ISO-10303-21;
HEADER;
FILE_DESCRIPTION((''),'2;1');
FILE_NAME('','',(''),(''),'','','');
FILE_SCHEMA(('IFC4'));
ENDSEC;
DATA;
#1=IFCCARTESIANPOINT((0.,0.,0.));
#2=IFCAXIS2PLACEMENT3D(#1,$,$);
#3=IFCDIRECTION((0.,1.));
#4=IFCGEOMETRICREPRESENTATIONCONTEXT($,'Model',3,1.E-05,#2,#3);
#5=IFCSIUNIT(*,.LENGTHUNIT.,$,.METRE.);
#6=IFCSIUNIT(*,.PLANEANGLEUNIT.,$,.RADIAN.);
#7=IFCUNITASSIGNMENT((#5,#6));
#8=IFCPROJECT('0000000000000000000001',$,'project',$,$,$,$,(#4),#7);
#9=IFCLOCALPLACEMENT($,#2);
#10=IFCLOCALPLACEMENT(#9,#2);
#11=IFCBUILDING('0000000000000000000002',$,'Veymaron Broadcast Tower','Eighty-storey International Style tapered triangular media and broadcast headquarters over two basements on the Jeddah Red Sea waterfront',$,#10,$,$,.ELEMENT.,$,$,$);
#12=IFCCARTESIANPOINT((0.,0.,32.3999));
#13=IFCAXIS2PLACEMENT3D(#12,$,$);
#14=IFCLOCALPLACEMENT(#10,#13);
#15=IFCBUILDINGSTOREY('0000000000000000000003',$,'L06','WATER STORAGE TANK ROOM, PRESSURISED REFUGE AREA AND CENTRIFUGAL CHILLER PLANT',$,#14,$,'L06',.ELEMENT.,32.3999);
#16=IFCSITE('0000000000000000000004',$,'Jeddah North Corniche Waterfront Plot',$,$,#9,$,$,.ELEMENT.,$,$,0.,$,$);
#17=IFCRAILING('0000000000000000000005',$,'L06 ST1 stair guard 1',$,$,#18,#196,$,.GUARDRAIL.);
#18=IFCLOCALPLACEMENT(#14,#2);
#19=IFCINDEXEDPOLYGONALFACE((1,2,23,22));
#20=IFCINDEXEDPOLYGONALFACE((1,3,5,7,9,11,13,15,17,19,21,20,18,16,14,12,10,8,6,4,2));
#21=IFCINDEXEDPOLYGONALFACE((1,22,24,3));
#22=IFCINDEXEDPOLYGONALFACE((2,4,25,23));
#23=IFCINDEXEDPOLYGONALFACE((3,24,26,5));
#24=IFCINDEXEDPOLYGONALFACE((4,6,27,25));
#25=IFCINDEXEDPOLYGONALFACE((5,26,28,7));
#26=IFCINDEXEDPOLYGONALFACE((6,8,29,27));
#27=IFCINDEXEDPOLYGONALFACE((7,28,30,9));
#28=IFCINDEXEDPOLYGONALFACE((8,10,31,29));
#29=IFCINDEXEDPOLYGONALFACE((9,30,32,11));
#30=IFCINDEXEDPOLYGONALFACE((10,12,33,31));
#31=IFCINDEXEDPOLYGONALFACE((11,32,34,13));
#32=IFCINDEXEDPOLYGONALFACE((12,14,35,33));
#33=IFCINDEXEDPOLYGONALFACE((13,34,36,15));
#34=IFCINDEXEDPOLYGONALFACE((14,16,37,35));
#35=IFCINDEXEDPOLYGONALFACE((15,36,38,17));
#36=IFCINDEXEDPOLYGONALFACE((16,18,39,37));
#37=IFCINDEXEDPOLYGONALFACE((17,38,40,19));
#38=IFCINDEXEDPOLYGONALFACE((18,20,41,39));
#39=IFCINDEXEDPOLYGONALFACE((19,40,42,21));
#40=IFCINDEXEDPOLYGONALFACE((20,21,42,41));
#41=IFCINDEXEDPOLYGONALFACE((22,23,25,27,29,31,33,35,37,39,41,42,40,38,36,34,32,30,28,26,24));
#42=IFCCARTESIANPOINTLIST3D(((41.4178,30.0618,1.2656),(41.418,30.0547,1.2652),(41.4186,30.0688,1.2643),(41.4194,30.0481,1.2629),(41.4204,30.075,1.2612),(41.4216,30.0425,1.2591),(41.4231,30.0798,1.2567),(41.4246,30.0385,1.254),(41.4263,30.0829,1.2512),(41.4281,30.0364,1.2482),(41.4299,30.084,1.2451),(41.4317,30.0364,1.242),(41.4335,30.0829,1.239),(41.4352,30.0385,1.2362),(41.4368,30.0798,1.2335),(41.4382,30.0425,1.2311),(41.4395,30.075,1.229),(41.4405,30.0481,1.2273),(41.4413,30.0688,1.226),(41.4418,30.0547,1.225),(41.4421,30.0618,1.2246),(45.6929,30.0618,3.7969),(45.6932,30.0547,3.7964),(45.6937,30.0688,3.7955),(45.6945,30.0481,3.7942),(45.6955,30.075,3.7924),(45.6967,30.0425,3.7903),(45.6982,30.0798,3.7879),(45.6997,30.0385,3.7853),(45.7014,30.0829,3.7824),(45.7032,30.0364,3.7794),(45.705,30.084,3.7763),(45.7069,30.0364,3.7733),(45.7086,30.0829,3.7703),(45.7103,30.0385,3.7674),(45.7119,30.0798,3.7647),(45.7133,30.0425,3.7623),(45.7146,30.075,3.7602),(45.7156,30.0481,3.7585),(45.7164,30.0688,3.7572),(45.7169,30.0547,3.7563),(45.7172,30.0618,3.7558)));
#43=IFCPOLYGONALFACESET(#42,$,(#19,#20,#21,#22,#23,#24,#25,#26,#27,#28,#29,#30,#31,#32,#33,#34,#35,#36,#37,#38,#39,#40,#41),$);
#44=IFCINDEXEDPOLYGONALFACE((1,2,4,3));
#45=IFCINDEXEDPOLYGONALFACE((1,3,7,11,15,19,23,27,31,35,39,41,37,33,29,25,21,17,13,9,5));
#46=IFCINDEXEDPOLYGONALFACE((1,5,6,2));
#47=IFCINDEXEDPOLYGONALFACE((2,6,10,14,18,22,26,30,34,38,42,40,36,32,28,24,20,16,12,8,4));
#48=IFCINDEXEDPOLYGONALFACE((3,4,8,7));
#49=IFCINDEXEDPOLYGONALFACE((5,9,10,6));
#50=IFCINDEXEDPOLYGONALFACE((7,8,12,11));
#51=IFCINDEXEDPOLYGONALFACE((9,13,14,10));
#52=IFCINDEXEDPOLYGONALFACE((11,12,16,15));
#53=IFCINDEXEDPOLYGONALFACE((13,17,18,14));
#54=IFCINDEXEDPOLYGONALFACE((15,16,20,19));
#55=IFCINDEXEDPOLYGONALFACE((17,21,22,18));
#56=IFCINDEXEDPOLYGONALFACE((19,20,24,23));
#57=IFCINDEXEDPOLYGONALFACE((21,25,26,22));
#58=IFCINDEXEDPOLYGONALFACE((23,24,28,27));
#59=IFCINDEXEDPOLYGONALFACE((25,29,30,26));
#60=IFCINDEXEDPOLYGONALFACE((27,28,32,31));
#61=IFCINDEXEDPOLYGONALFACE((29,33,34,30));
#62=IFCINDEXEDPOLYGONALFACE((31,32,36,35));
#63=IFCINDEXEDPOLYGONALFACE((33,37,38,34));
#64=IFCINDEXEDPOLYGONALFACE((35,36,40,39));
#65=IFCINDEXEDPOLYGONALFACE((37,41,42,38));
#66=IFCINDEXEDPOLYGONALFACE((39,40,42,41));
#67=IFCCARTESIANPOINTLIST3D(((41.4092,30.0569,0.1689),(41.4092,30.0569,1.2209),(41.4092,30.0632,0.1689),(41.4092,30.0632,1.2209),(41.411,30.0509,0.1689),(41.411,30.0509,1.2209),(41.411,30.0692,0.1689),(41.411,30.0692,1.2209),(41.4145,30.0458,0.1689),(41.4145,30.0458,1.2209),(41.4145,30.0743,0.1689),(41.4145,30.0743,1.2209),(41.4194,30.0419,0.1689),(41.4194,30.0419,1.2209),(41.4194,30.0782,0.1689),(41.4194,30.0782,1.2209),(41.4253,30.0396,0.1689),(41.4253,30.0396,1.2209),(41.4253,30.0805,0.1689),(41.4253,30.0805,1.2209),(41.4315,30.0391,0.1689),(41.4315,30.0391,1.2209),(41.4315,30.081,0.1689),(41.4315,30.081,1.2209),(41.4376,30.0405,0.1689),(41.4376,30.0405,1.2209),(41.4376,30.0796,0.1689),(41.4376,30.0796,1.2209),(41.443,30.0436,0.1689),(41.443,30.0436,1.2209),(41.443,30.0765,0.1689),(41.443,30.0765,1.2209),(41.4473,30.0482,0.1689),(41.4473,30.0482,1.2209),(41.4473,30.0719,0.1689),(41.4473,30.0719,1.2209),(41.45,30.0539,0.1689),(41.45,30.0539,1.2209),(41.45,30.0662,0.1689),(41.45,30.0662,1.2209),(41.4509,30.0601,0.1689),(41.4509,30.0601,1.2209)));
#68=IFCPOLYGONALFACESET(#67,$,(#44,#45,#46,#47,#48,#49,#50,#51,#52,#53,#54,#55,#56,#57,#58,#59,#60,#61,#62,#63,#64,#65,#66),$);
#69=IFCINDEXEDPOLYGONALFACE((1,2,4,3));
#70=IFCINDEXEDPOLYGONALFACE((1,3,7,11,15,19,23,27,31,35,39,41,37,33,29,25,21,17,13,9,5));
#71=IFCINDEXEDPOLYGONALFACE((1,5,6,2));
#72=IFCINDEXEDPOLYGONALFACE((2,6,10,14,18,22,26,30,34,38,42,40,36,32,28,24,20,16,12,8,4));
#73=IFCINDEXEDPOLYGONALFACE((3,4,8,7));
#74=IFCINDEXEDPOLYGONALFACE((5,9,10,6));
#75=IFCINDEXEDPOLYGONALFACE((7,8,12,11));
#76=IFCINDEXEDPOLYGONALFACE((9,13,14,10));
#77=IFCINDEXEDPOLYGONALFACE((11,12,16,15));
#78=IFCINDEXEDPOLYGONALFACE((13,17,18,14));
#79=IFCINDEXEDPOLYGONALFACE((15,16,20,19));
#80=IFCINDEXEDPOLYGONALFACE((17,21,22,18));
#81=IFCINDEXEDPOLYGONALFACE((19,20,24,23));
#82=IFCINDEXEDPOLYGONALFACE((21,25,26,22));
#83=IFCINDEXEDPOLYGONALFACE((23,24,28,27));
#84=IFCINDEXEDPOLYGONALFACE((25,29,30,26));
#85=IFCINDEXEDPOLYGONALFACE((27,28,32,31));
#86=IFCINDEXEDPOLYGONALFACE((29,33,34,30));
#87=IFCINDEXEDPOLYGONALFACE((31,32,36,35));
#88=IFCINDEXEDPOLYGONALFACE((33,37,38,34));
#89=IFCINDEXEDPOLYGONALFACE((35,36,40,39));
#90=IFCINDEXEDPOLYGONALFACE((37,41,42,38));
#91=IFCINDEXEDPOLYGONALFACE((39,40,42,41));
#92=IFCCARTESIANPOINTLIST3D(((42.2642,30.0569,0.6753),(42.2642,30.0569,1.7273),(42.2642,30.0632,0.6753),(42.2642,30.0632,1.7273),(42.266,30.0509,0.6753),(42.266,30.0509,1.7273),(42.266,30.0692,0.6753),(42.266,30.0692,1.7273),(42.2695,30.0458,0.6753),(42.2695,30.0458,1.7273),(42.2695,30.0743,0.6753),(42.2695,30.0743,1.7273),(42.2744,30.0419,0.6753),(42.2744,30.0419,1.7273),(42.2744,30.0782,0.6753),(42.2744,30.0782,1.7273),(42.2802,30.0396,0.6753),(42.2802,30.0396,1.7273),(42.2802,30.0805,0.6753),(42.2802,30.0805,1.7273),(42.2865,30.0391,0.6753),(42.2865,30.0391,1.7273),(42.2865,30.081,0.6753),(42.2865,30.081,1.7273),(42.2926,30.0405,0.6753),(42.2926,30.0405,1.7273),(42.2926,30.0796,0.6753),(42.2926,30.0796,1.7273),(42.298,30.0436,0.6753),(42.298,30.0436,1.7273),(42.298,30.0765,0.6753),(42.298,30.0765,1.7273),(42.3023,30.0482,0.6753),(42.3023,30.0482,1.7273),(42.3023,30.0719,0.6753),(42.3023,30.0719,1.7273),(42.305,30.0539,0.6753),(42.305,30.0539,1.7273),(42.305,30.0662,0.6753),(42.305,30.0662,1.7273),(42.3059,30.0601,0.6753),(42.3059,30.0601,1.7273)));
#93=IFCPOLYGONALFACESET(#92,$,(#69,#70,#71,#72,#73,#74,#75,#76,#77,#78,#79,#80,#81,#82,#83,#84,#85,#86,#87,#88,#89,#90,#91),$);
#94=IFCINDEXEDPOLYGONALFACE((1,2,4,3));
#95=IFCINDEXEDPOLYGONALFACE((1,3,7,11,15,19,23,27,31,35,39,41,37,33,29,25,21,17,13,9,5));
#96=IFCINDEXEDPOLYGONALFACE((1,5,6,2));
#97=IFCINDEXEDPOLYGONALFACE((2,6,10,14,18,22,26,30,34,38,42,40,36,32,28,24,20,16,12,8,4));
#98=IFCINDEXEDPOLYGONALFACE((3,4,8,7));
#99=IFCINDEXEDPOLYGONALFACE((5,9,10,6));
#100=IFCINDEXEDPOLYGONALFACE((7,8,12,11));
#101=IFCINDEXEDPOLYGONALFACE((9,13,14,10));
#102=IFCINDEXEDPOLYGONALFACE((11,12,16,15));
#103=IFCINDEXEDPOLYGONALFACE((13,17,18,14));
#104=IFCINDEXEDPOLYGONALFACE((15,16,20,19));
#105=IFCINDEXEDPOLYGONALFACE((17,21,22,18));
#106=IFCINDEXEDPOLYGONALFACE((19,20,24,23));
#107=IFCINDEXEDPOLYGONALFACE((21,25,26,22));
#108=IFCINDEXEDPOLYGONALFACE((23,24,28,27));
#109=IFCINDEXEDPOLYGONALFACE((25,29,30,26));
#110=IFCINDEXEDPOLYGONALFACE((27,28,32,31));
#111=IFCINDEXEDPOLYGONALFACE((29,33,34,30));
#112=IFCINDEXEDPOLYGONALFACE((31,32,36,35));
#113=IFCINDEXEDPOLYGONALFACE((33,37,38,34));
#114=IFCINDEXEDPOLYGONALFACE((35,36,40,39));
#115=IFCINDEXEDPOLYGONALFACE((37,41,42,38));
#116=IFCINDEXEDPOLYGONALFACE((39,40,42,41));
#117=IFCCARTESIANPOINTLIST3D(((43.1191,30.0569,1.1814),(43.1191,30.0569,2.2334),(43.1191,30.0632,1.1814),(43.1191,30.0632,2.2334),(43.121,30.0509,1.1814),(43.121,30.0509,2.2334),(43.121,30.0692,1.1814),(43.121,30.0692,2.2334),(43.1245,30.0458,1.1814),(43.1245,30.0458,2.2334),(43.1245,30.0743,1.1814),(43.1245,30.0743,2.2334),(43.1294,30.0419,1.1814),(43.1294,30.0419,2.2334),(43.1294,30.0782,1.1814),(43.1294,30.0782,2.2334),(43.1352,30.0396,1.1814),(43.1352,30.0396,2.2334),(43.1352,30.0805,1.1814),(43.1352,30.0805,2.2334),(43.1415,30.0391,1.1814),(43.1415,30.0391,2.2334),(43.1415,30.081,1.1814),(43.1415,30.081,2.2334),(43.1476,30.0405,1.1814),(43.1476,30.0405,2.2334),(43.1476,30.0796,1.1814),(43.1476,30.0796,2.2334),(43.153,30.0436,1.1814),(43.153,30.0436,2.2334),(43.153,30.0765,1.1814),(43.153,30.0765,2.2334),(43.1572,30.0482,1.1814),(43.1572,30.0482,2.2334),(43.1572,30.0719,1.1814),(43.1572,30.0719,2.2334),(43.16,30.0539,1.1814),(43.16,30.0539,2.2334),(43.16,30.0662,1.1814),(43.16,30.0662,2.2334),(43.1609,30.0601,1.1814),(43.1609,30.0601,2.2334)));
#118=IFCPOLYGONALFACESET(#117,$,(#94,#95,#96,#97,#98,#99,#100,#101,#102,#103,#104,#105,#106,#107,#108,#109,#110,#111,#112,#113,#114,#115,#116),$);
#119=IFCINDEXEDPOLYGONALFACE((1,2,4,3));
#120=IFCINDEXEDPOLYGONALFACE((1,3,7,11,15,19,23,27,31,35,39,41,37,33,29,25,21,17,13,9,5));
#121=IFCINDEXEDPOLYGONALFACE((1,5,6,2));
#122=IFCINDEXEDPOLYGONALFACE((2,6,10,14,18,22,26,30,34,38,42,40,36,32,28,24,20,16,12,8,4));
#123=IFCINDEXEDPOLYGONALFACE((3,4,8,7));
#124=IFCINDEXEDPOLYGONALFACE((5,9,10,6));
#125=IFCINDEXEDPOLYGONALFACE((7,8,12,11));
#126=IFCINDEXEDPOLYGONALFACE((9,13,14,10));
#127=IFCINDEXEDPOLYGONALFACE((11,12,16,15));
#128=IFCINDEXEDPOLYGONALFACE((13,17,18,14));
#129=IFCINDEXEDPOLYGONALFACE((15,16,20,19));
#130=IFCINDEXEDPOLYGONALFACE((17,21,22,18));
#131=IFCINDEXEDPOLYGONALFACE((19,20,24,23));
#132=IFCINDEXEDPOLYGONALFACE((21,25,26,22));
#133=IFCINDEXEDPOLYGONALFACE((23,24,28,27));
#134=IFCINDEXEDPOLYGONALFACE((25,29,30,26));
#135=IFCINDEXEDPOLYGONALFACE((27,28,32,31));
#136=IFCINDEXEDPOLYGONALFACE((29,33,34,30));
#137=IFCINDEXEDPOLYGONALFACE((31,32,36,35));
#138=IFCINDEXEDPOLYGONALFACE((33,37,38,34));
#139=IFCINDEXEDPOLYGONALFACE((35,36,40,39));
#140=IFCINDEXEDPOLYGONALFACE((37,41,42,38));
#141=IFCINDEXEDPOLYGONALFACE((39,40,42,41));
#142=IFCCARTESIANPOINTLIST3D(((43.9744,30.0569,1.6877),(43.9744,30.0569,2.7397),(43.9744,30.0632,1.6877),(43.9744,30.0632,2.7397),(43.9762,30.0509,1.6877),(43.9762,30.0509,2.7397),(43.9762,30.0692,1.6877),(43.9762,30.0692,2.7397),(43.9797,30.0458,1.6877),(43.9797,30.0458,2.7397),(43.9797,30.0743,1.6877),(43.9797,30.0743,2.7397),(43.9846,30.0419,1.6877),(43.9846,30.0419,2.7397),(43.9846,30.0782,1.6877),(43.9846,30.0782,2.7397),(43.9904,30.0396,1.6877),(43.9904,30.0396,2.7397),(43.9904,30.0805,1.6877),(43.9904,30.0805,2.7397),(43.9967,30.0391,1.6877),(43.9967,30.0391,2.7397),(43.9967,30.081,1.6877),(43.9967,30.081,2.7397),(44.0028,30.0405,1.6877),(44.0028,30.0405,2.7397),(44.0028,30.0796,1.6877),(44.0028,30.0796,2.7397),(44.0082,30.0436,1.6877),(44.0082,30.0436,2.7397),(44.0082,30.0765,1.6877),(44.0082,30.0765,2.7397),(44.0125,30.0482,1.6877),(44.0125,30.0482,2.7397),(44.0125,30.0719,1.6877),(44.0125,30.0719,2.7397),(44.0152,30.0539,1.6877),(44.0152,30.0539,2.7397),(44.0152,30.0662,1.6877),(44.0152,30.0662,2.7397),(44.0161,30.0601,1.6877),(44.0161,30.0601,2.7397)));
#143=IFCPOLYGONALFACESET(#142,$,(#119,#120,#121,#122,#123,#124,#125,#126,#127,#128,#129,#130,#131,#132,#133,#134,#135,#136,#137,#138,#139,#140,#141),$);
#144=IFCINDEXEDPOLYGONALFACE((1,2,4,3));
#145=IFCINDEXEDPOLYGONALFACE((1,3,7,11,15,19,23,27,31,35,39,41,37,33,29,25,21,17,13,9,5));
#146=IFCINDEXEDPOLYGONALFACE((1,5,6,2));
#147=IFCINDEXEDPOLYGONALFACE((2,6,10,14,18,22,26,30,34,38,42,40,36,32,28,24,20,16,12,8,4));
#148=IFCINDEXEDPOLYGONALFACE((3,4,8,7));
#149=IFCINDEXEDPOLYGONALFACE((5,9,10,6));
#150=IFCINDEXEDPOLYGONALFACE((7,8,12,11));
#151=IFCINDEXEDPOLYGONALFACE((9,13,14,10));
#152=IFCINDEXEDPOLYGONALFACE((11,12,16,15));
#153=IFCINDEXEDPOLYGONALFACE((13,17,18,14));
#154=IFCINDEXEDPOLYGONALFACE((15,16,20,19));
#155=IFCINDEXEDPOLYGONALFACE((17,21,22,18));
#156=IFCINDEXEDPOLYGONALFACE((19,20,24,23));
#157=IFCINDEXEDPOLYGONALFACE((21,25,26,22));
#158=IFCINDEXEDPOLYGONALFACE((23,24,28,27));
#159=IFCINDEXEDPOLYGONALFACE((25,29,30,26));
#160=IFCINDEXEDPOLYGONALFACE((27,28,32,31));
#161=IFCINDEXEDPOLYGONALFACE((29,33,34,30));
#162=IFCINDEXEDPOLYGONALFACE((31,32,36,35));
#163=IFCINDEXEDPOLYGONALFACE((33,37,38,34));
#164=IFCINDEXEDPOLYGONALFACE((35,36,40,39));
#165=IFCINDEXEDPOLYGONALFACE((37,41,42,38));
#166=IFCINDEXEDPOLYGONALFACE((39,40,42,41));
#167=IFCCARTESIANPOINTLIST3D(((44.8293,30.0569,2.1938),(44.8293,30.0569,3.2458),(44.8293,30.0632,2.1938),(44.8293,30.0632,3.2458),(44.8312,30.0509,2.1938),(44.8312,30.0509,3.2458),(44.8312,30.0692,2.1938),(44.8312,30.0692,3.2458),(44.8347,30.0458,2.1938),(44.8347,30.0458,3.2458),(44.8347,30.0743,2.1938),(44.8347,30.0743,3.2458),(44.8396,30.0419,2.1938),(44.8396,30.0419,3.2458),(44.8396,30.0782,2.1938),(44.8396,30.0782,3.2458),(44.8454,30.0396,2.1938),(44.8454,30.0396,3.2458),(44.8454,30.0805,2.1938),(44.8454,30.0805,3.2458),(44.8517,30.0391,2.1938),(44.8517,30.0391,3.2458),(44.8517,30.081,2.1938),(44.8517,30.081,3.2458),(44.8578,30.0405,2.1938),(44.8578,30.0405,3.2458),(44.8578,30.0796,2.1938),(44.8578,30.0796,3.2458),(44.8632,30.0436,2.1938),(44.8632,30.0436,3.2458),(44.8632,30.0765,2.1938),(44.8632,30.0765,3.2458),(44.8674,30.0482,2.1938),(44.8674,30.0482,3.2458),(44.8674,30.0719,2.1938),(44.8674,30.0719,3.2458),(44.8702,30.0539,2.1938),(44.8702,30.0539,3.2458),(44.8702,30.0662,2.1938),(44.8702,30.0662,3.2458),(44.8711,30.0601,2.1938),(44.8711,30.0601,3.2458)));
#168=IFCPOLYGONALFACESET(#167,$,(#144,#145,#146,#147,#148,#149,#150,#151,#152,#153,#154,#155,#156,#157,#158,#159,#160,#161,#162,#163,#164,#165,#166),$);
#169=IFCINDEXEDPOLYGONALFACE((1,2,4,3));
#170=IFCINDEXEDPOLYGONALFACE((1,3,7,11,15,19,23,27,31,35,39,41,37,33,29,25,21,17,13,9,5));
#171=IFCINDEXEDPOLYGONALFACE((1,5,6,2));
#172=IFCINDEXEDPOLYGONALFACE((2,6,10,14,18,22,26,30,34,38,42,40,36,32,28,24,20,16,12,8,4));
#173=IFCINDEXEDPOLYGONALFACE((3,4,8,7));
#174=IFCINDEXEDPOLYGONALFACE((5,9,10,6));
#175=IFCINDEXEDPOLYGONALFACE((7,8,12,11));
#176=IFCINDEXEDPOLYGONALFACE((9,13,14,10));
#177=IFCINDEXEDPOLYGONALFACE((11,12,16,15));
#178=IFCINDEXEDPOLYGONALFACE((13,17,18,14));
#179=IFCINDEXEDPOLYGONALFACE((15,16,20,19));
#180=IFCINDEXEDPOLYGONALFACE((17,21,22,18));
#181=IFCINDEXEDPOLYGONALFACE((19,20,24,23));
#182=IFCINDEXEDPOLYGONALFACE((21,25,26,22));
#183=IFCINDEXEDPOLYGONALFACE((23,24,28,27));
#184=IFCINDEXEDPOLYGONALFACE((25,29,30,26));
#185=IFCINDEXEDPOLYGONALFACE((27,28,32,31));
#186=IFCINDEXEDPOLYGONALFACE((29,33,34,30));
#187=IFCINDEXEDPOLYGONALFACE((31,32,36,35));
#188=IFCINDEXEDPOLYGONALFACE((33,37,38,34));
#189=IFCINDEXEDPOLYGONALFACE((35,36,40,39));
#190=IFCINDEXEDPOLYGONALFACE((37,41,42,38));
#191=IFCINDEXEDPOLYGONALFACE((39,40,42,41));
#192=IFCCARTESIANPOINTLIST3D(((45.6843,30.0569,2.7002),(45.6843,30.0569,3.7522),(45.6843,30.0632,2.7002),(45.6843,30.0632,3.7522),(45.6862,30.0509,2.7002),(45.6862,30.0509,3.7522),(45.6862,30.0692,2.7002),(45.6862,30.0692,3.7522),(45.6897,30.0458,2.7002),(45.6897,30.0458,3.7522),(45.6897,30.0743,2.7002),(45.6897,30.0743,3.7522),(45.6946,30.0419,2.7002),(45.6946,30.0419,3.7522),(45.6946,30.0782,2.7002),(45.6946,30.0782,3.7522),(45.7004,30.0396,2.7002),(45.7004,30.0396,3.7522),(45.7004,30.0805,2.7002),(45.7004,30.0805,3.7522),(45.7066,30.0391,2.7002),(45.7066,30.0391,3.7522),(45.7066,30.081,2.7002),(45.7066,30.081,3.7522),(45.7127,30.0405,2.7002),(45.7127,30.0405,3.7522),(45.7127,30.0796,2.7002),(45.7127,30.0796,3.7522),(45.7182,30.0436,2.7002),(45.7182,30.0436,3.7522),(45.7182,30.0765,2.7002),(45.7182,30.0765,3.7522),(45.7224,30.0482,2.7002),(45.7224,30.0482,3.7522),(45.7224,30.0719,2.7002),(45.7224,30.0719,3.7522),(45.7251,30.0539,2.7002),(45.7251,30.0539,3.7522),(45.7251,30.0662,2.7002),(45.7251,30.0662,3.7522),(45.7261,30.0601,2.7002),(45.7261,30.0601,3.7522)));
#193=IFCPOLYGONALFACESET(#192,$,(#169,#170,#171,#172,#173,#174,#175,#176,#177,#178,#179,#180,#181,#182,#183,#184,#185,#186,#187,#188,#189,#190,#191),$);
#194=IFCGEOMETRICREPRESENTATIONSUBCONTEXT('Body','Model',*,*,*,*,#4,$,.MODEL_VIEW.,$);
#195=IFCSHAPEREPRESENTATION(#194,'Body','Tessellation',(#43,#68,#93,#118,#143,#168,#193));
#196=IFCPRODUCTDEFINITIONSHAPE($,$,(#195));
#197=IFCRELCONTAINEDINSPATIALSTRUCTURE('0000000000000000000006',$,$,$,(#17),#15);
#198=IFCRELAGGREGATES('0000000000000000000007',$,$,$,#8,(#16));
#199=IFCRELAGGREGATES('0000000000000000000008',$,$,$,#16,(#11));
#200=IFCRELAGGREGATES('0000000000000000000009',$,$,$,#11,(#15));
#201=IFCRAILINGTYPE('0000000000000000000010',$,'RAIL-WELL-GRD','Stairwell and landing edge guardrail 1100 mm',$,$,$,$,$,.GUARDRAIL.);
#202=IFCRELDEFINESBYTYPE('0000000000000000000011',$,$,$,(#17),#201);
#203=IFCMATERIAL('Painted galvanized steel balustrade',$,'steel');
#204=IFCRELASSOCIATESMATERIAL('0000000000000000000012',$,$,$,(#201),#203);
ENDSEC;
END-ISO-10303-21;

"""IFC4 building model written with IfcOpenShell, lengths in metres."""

from ifc_helpers import new_model, si_unit, direction, frame, origin, origin_2d, place, context, subcontext, project, spatial, circle, extrude, material, type_object, element, save


model = new_model("IFC4")

# Units and contexts
model_context = context("Model", 3, precision=1e-05, world=origin(), true_north=direction((0.0, 1.0)))
body_context = subcontext(model_context, "Body", "Model", "MODEL_VIEW")
ifc_project = project(units=[si_unit("LENGTHUNIT", "METRE"), si_unit("PLANEANGLEUNIT", "RADIAN")], contexts=[model_context])

# Site, building, storey
site_placement = place(None, origin())
site = spatial("IfcSite", under=ifc_project, at=site_placement, Name="Jeddah North Corniche Waterfront Plot", CompositionType="ELEMENT", RefElevation=0.0)
building_placement = place(site_placement, origin())
building = spatial("IfcBuilding", under=site, at=building_placement, Name="Veymaron Broadcast Tower", Description="Eighty-storey International Style tapered triangular media and broadcast headquarters over two basements on the Jeddah Red Sea waterfront", CompositionType="ELEMENT")
storey_placement = place(building_placement, frame((0.0, 0.0, 32.3999)))
storey = spatial("IfcBuildingStorey", under=building, at=storey_placement, Name="L06", Description="WATER STORAGE TANK ROOM, PRESSURISED REFUGE AREA AND CENTRIFUGAL CHILLER PLANT", LongName="L06", CompositionType="ELEMENT", Elevation=32.3999)

# Railing
ifc_material_1 = material(Name="Painted galvanized steel balustrade", Category="steel")
railing_type_1 = type_object("IfcRailingType", Name="RAIL-WELL-GRD", Description="Stairwell and landing edge guardrail 1100 mm", PredefinedType="GUARDRAIL", material=ifc_material_1)
railing_1_placement = place(storey_placement, frame((41.4299, 30.0601, 0.1689)))
element("IfcRailing", 1, at=railing_1_placement, inside=storey, type_object=railing_type_1, Name="L06 ST1 stair guard 1", PredefinedType="GUARDRAIL", context=body_context, shape_type="SweptSolid", body=[
    extrude(circle(Radius=0.0239, at=origin_2d()), frame((0.0, 0.0, 1.0762), z_axis=(0.860483, 0.0, 0.509479), x_axis=(0.0, 1.0, 0.0)), (0.0, 0.0, 1.0), 4.9683),
    extrude(circle(Radius=0.021, at=origin_2d()), origin(), (0.0, 0.0, 1.0), 1.052),
    extrude(circle(Radius=0.021, at=origin_2d()), frame((0.855, 0.0, 0.5063)), (0.0, 0.0, 1.0), 1.052),
    extrude(circle(Radius=0.021, at=origin_2d()), frame((1.71, 0.0, 1.0125)), (0.0, 0.0, 1.0), 1.052),
    extrude(circle(Radius=0.021, at=origin_2d()), frame((2.5652, 0.0, 1.5188)), (0.0, 0.0, 1.0), 1.052),
    extrude(circle(Radius=0.021, at=origin_2d()), frame((3.4202, 0.0, 2.0249)), (0.0, 0.0, 1.0), 1.052),
    extrude(circle(Radius=0.021, at=origin_2d()), frame((4.2751, 0.0, 2.5312)), (0.0, 0.0, 1.0), 1.052),
])

save(model, "model.ifc")
